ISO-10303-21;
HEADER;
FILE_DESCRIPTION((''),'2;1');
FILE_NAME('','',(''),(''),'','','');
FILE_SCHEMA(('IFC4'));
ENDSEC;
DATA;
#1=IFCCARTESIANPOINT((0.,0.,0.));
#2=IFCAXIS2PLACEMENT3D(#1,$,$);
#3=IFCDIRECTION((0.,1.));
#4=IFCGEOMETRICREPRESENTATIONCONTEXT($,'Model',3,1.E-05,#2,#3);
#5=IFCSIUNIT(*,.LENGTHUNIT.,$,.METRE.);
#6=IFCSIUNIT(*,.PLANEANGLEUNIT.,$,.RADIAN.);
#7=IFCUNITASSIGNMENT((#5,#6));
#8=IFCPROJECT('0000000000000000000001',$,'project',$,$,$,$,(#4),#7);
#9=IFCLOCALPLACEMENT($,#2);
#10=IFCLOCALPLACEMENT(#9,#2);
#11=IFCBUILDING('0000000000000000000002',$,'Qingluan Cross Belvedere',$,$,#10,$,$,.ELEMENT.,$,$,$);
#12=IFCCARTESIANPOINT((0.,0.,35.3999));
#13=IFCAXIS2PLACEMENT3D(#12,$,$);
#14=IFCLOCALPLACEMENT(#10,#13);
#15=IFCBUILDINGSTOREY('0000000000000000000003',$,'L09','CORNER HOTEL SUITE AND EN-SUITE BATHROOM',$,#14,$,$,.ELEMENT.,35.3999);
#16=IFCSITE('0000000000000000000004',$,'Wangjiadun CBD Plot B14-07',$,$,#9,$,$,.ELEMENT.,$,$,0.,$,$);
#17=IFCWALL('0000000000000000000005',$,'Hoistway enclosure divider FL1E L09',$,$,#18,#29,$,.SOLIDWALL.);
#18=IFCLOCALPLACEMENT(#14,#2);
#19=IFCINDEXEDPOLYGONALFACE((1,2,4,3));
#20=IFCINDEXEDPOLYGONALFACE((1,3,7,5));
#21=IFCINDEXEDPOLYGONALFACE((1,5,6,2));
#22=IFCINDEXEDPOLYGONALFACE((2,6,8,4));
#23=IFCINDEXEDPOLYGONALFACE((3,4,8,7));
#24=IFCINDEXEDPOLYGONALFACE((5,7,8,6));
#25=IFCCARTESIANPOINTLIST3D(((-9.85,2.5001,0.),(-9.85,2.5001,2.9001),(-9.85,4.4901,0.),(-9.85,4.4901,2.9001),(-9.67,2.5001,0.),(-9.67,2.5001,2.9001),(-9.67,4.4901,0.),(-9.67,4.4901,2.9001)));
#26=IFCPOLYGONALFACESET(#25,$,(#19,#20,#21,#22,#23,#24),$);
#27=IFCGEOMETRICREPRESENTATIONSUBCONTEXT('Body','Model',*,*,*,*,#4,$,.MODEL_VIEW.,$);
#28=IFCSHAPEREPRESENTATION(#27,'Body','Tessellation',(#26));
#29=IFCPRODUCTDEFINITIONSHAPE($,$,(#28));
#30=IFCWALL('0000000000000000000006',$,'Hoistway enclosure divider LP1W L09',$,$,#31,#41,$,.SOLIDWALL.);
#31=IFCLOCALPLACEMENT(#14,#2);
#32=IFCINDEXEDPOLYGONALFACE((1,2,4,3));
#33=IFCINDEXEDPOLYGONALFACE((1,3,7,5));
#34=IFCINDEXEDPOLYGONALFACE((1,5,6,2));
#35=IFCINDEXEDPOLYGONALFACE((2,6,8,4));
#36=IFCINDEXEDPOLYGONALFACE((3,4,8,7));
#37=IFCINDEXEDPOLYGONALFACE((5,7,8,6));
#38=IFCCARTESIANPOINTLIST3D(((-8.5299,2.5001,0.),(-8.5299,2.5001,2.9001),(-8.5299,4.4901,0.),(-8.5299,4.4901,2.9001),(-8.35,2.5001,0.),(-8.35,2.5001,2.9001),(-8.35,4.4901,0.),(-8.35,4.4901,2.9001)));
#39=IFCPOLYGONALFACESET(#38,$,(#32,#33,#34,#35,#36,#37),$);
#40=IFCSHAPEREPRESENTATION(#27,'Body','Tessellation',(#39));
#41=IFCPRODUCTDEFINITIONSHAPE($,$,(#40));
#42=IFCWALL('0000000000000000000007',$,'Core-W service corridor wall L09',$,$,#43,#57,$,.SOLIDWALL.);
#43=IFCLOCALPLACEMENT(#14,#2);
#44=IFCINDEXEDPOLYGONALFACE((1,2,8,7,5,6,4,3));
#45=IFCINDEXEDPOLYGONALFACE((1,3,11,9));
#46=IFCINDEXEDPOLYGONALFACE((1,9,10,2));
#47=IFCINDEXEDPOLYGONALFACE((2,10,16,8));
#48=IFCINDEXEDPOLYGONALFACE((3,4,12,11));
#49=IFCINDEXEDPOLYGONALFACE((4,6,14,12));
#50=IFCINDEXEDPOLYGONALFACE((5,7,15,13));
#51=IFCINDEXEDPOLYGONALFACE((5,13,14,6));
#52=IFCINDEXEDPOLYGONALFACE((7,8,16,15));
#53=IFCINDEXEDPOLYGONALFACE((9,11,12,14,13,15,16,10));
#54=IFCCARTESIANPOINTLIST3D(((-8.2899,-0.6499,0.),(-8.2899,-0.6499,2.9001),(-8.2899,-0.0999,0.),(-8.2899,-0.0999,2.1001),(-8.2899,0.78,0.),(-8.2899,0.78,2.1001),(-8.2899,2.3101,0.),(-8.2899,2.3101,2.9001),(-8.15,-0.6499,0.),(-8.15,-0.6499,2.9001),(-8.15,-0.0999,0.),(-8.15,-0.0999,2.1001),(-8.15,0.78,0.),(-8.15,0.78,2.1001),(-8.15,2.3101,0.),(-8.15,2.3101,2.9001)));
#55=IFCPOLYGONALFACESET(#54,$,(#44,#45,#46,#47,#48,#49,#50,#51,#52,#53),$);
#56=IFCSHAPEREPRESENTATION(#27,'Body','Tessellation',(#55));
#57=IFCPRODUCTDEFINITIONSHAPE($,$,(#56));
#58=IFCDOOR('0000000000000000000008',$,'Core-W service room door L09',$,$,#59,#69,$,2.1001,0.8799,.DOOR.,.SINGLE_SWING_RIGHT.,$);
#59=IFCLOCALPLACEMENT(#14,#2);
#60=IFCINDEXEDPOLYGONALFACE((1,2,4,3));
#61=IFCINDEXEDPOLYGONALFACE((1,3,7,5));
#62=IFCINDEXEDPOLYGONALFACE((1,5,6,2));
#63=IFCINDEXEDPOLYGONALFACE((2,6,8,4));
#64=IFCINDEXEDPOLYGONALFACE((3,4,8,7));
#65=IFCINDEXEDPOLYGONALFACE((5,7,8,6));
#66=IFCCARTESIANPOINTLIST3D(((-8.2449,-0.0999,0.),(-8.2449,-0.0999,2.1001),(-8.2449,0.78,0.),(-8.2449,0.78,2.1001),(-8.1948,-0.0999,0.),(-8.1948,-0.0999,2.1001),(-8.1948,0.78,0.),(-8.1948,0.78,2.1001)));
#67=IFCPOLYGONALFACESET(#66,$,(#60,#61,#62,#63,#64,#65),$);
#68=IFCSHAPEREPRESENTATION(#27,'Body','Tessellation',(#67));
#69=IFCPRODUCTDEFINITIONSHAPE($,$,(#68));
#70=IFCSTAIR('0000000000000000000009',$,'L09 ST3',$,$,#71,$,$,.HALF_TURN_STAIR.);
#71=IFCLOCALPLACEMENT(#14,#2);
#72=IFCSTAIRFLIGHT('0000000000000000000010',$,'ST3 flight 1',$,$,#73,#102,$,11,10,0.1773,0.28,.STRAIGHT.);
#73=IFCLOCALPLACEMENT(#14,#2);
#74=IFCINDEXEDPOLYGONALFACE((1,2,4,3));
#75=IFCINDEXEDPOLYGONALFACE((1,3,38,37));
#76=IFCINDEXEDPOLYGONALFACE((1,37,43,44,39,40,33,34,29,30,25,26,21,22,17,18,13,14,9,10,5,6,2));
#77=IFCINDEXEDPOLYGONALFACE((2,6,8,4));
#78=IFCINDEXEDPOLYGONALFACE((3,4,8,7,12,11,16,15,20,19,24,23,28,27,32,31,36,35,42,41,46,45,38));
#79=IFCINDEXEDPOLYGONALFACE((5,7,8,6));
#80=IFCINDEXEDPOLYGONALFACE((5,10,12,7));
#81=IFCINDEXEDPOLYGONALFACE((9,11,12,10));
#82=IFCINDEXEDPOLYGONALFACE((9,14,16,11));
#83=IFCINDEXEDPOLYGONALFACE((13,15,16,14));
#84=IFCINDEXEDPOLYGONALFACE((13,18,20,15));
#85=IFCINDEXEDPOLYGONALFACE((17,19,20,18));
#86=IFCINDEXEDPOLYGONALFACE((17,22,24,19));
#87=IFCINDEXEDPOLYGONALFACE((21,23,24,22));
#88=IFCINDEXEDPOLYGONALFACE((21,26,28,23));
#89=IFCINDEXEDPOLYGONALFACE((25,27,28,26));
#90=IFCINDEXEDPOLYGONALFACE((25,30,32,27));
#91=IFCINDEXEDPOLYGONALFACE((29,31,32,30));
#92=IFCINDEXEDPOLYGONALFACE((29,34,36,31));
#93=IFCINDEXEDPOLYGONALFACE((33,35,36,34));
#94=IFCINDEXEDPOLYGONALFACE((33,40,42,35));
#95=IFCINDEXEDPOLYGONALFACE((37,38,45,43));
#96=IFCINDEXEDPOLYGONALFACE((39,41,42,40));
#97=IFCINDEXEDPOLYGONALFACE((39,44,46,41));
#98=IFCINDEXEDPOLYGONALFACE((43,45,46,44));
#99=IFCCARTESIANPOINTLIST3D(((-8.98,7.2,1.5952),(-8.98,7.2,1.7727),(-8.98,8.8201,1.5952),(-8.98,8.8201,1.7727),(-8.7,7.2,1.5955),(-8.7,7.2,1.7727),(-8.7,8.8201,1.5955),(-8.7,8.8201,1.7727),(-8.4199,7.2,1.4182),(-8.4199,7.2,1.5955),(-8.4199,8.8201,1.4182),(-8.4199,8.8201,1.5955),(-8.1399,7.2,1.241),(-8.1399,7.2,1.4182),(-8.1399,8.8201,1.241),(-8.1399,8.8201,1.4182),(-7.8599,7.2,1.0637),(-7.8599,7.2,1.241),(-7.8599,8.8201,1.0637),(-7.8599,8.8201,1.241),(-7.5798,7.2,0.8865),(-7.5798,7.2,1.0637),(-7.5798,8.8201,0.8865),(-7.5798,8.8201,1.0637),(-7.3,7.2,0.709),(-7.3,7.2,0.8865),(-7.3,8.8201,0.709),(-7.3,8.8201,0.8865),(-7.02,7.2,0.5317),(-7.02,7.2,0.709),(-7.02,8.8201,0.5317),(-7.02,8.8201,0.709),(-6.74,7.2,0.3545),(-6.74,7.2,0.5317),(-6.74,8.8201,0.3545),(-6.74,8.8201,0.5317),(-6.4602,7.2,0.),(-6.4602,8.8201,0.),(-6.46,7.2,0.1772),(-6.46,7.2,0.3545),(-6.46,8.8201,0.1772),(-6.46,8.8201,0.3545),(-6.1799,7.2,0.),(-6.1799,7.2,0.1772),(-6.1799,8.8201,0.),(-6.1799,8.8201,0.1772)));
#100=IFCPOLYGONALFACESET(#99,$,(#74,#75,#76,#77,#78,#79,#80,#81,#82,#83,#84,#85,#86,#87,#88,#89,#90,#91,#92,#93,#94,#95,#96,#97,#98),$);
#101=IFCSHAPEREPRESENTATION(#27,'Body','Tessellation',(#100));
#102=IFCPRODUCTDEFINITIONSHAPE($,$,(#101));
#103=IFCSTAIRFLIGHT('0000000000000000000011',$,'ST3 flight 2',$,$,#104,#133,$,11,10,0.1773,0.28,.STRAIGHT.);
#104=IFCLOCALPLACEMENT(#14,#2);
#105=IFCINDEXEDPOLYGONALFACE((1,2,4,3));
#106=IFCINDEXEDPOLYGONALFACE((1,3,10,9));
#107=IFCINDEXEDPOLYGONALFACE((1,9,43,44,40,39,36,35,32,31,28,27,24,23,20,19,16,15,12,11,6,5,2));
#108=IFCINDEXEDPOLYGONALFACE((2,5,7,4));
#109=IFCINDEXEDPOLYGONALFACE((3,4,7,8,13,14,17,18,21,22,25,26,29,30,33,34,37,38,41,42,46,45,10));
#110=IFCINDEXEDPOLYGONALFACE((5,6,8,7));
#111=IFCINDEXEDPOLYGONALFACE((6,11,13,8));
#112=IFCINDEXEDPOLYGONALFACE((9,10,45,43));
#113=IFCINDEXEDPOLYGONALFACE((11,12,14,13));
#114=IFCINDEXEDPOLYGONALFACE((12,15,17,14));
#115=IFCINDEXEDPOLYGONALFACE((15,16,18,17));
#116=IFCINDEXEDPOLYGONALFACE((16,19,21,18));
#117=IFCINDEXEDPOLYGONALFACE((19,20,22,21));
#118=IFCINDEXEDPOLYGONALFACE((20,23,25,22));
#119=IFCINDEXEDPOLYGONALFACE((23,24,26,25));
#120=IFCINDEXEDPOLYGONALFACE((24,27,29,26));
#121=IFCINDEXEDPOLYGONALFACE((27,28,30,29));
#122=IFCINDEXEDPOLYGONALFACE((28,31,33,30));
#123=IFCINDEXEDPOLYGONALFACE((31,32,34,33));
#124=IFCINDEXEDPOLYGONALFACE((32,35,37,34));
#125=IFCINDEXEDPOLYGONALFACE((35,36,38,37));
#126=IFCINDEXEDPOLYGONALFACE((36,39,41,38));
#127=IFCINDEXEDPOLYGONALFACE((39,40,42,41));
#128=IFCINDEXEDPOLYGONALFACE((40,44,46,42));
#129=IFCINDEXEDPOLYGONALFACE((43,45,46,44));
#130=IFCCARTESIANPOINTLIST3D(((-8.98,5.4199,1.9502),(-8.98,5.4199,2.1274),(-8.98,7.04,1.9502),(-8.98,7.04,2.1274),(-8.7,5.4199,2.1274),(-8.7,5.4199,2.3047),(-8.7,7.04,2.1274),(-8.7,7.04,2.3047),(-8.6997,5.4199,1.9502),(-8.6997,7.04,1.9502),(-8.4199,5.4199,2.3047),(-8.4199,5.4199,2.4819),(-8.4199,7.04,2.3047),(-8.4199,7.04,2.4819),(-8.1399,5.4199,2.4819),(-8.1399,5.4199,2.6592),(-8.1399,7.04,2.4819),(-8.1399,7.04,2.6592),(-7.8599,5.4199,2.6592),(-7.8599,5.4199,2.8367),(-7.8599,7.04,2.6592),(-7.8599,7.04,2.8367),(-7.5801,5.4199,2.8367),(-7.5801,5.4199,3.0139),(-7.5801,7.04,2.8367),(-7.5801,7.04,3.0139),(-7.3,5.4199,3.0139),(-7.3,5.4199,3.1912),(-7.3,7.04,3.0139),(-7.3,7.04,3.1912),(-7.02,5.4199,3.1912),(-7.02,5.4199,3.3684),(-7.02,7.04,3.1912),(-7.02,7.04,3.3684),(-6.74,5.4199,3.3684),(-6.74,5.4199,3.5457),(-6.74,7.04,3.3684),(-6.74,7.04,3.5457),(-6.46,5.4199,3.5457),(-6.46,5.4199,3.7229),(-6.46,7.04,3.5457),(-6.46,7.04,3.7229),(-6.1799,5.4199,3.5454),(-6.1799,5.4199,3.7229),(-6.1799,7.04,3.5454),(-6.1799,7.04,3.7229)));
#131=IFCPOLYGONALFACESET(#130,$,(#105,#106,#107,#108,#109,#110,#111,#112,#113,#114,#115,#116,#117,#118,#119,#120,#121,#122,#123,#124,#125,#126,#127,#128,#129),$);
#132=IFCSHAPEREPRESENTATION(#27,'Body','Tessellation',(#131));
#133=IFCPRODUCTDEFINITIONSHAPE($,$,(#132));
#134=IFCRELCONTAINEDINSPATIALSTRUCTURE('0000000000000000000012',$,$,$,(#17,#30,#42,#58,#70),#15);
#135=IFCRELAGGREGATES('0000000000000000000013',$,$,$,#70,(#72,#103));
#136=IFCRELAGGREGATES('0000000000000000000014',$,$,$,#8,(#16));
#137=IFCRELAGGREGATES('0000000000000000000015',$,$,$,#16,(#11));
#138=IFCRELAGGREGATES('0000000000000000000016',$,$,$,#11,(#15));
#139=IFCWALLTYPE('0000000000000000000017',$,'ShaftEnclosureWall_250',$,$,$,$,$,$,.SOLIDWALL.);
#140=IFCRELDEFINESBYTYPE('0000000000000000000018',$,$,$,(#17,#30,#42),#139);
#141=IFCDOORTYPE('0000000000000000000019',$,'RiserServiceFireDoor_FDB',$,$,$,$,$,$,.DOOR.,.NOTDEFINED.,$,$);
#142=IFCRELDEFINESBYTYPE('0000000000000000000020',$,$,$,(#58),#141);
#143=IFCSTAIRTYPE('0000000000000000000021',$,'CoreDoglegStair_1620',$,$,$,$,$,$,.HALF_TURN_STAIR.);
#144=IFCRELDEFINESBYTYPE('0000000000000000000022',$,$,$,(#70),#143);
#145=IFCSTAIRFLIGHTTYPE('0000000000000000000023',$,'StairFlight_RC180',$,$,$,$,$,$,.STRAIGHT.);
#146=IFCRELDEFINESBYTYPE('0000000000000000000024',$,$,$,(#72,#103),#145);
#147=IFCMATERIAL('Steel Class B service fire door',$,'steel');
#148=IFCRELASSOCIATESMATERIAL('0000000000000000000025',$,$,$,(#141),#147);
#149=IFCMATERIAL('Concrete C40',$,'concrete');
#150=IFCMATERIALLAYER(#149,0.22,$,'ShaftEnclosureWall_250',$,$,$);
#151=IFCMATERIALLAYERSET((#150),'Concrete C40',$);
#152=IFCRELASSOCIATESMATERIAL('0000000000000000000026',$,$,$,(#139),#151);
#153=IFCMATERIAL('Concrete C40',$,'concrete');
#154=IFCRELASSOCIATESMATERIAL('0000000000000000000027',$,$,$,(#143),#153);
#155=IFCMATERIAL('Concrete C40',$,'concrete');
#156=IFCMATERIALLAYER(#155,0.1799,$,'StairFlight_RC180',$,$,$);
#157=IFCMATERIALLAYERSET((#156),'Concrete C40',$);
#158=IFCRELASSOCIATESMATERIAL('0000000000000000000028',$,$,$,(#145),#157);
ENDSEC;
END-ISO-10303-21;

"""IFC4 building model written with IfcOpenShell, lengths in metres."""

from ifc_helpers import new_model, si_unit, direction, frame, frame_2d, origin, place, context, subcontext, project, spatial, polyline, rectangle, outline, extrude, material, layer, layer_set, type_object, element, fill, aggregate, save


model = new_model("IFC4")

# Units and contexts
model_context = context("Model", 3, precision=1e-05, world=origin(), true_north=direction((0.0, 1.0)))
body_context = subcontext(model_context, "Body", "Model", "MODEL_VIEW")
ifc_project = project(units=[si_unit("LENGTHUNIT", "METRE"), si_unit("PLANEANGLEUNIT", "RADIAN")], contexts=[model_context])

# Site, building, storey
site_placement = place(None, origin())
site = spatial("IfcSite", under=ifc_project, at=site_placement, Name="Wangjiadun CBD Plot B14-07", CompositionType="ELEMENT", RefElevation=0.0)
building_placement = place(site_placement, origin())
building = spatial("IfcBuilding", under=site, at=building_placement, Name="Qingluan Cross Belvedere", CompositionType="ELEMENT")
storey_placement = place(building_placement, frame((0.0, 0.0, 35.3999)))
storey = spatial("IfcBuildingStorey", under=building, at=storey_placement, Name="L09", Description="CORNER HOTEL SUITE AND EN-SUITE BATHROOM", CompositionType="ELEMENT", Elevation=35.3999)

# Shared definitions
ifc_material_1 = material(Name="Steel Class B service fire door", Category="steel")
door_type_1 = type_object("IfcDoorType", Name="RiserServiceFireDoor_FDB", OperationType="NOTDEFINED", PredefinedType="DOOR", material=ifc_material_1)

# Shared definitions
ifc_material_2 = material(Name="Concrete C40", Category="concrete")
ifc_layer_1 = layer(ifc_material_2, 0.22, Name="ShaftEnclosureWall_250")
ifc_layer_set_1 = layer_set([ifc_layer_1], Name="Concrete C40")
wall_type_1 = type_object("IfcWallType", Name="ShaftEnclosureWall_250", PredefinedType="SOLIDWALL", material=ifc_layer_set_1)

# Walls
for number, where, z_axis, x_axis, name in (
    (1, (-9.76, 2.5, 0.0), (0.0, 0.0, 1.0), (0.0, 1.0, 0.0), "Hoistway enclosure divider FL1E L09"),
    (2, (-8.4399, 2.5, 0.0), (0.0, 0.0, 1.0), (0.0, 1.0, 0.0), "Hoistway enclosure divider LP1W L09"),
):
    element("IfcWall", number, at=place(storey_placement, frame(where, z_axis=z_axis, x_axis=x_axis)), inside=storey, type_object=wall_type_1, Name=name, PredefinedType="SOLIDWALL", context=body_context, shape_type="SweptSolid", body=[
        extrude(rectangle(XDim=1.99, YDim=0.1799, at=frame_2d((0.9951, 0.0))), origin(), (0.0, 0.0, 1.0), 2.9001),
    ])

# Wall, opening, door
wall_1_placement = place(storey_placement, frame((-8.22, -0.6499, 0.0), z_axis=(0.0, 0.0, 1.0), x_axis=(0.0, 1.0, 0.0)))
wall_1 = element("IfcWall", 3, at=wall_1_placement, inside=storey, type_object=wall_type_1, Name="Core-W service corridor wall L09", PredefinedType="SOLIDWALL", context=body_context, shape_type="SweptSolid", body=[
    extrude(rectangle(XDim=2.96, YDim=0.1399, at=frame_2d((1.48, 0.0))), origin(), (0.0, 0.0, 1.0), 2.9001),
])
opening_1_placement = place(wall_1_placement, frame((0.55, 0.0, 0.0)))
opening_1 = element("IfcOpeningElement", 4, at=opening_1_placement, cuts=wall_1, PredefinedType="OPENING", context=body_context, shape_type="SweptSolid", body=[
    extrude(rectangle(XDim=0.8799, YDim=2.1001, at=frame_2d((0.4399, 1.05))), frame((0.0, 0.0798, 0.0), z_axis=(0.0, -1.0, 0.0), x_axis=(1.0, 0.0, 0.0)), (0.0, 0.0, 1.0), 0.1599),
])
door_1_placement = place(opening_1_placement, origin())
door_1 = element("IfcDoor", 5, at=door_1_placement, inside=storey, type_object=door_type_1, Name="Core-W service room door L09", OperationType="SINGLE_SWING_RIGHT", OverallHeight=2.1001, OverallWidth=0.8799, PredefinedType="DOOR", context=body_context, shape_type="SweptSolid", body=[
    extrude(rectangle(XDim=0.8799, YDim=2.1001, at=frame_2d((0.4399, 1.05))), frame((0.0, 0.0249, 0.0), z_axis=(0.0, -1.0, 0.0), x_axis=(1.0, 0.0, 0.0)), (0.0, 0.0, 1.0), 0.05),
])
fill(opening_1, door_1)

# Stair, stair flights
ifc_material_3 = material(Name="Concrete C40", Category="concrete")
stair_type = type_object("IfcStairType", Name="CoreDoglegStair_1620", PredefinedType="HALF_TURN_STAIR", material=ifc_material_3)
stair_placement = place(storey_placement, origin())
stair = element("IfcStair", 6, at=stair_placement, inside=storey, type_object=stair_type, Name="L09 ST3", PredefinedType="HALF_TURN_STAIR")
ifc_material_4 = material(Name="Concrete C40", Category="concrete")
ifc_layer_2 = layer(ifc_material_4, 0.1799, Name="StairFlight_RC180")
ifc_layer_set_2 = layer_set([ifc_layer_2], Name="Concrete C40")
stair_flight_type = type_object("IfcStairFlightType", Name="StairFlight_RC180", PredefinedType="STRAIGHT", material=ifc_layer_set_2)
stair_flight_1_placement = place(storey_placement, frame((-6.1799, 8.01, 0.0), z_axis=(0.0, 0.0, 1.0), x_axis=(-1.0, 0.0, 0.0)))
stair_flight_1 = element("IfcStairFlight", 7, at=stair_flight_1_placement, type_object=stair_flight_type, Name="ST3 flight 1", NumberOfRisers=11, NumberOfTreads=10, PredefinedType="STRAIGHT", RiserHeight=0.1773, TreadLength=0.28, context=body_context, shape_type="SweptSolid", body=[
    extrude(outline(polyline([(0.0, 0.0), (0.0, 0.1772), (0.28, 0.1772), (0.28, 0.3545), (0.5601, 0.3545), (0.5601, 0.5317), (0.8401, 0.5317), (0.8401, 0.709), (1.1201, 0.709), (1.1201, 0.8865), (1.3999, 0.8865), (1.3999, 1.0637), (1.6799, 1.0637), (1.6799, 1.241), (1.96, 1.241), (1.96, 1.4182), (2.24, 1.4182), (2.24, 1.5955), (2.52, 1.5955), (2.52, 1.7727), (2.8, 1.7727), (2.8, 1.95), (2.8, 1.5952), (0.2803, 0.0), (0.0, 0.0)])), frame((0.0, 0.8101, 0.0), z_axis=(0.0, -1.0, 0.0), x_axis=(1.0, 0.0, 0.0)), (0.0, 0.0, 1.0), 1.6201),
])
stair_flight_2_placement = place(storey_placement, frame((-8.98, 6.23, 1.9502), z_axis=(0.0, 0.0, 1.0), x_axis=(1.0, 0.0, 0.0)))
stair_flight_2 = element("IfcStairFlight", 8, at=stair_flight_2_placement, type_object=stair_flight_type, Name="ST3 flight 2", NumberOfRisers=11, NumberOfTreads=10, PredefinedType="STRAIGHT", RiserHeight=0.1773, TreadLength=0.28, context=body_context, shape_type="SweptSolid", body=[
    extrude(outline(polyline([(0.0, 0.0), (0.0, 0.1772), (0.28, 0.1772), (0.28, 0.3545), (0.5601, 0.3545), (0.5601, 0.5317), (0.8401, 0.5317), (0.8401, 0.709), (1.1201, 0.709), (1.1201, 0.8865), (1.3999, 0.8865), (1.3999, 1.0637), (1.6799, 1.0637), (1.6799, 1.241), (1.96, 1.241), (1.96, 1.4182), (2.24, 1.4182), (2.24, 1.5955), (2.52, 1.5955), (2.52, 1.7727), (2.8, 1.7727), (2.8, 1.95), (2.8, 1.5952), (0.2803, 0.0), (0.0, 0.0)])), frame((0.0, 0.8101, 0.0), z_axis=(0.0, -1.0, 0.0), x_axis=(1.0, 0.0, 0.0)), (0.0, 0.0, 1.0), 1.6201),
])
aggregate(stair, [stair_flight_1, stair_flight_2])

save(model, "model.ifc")
